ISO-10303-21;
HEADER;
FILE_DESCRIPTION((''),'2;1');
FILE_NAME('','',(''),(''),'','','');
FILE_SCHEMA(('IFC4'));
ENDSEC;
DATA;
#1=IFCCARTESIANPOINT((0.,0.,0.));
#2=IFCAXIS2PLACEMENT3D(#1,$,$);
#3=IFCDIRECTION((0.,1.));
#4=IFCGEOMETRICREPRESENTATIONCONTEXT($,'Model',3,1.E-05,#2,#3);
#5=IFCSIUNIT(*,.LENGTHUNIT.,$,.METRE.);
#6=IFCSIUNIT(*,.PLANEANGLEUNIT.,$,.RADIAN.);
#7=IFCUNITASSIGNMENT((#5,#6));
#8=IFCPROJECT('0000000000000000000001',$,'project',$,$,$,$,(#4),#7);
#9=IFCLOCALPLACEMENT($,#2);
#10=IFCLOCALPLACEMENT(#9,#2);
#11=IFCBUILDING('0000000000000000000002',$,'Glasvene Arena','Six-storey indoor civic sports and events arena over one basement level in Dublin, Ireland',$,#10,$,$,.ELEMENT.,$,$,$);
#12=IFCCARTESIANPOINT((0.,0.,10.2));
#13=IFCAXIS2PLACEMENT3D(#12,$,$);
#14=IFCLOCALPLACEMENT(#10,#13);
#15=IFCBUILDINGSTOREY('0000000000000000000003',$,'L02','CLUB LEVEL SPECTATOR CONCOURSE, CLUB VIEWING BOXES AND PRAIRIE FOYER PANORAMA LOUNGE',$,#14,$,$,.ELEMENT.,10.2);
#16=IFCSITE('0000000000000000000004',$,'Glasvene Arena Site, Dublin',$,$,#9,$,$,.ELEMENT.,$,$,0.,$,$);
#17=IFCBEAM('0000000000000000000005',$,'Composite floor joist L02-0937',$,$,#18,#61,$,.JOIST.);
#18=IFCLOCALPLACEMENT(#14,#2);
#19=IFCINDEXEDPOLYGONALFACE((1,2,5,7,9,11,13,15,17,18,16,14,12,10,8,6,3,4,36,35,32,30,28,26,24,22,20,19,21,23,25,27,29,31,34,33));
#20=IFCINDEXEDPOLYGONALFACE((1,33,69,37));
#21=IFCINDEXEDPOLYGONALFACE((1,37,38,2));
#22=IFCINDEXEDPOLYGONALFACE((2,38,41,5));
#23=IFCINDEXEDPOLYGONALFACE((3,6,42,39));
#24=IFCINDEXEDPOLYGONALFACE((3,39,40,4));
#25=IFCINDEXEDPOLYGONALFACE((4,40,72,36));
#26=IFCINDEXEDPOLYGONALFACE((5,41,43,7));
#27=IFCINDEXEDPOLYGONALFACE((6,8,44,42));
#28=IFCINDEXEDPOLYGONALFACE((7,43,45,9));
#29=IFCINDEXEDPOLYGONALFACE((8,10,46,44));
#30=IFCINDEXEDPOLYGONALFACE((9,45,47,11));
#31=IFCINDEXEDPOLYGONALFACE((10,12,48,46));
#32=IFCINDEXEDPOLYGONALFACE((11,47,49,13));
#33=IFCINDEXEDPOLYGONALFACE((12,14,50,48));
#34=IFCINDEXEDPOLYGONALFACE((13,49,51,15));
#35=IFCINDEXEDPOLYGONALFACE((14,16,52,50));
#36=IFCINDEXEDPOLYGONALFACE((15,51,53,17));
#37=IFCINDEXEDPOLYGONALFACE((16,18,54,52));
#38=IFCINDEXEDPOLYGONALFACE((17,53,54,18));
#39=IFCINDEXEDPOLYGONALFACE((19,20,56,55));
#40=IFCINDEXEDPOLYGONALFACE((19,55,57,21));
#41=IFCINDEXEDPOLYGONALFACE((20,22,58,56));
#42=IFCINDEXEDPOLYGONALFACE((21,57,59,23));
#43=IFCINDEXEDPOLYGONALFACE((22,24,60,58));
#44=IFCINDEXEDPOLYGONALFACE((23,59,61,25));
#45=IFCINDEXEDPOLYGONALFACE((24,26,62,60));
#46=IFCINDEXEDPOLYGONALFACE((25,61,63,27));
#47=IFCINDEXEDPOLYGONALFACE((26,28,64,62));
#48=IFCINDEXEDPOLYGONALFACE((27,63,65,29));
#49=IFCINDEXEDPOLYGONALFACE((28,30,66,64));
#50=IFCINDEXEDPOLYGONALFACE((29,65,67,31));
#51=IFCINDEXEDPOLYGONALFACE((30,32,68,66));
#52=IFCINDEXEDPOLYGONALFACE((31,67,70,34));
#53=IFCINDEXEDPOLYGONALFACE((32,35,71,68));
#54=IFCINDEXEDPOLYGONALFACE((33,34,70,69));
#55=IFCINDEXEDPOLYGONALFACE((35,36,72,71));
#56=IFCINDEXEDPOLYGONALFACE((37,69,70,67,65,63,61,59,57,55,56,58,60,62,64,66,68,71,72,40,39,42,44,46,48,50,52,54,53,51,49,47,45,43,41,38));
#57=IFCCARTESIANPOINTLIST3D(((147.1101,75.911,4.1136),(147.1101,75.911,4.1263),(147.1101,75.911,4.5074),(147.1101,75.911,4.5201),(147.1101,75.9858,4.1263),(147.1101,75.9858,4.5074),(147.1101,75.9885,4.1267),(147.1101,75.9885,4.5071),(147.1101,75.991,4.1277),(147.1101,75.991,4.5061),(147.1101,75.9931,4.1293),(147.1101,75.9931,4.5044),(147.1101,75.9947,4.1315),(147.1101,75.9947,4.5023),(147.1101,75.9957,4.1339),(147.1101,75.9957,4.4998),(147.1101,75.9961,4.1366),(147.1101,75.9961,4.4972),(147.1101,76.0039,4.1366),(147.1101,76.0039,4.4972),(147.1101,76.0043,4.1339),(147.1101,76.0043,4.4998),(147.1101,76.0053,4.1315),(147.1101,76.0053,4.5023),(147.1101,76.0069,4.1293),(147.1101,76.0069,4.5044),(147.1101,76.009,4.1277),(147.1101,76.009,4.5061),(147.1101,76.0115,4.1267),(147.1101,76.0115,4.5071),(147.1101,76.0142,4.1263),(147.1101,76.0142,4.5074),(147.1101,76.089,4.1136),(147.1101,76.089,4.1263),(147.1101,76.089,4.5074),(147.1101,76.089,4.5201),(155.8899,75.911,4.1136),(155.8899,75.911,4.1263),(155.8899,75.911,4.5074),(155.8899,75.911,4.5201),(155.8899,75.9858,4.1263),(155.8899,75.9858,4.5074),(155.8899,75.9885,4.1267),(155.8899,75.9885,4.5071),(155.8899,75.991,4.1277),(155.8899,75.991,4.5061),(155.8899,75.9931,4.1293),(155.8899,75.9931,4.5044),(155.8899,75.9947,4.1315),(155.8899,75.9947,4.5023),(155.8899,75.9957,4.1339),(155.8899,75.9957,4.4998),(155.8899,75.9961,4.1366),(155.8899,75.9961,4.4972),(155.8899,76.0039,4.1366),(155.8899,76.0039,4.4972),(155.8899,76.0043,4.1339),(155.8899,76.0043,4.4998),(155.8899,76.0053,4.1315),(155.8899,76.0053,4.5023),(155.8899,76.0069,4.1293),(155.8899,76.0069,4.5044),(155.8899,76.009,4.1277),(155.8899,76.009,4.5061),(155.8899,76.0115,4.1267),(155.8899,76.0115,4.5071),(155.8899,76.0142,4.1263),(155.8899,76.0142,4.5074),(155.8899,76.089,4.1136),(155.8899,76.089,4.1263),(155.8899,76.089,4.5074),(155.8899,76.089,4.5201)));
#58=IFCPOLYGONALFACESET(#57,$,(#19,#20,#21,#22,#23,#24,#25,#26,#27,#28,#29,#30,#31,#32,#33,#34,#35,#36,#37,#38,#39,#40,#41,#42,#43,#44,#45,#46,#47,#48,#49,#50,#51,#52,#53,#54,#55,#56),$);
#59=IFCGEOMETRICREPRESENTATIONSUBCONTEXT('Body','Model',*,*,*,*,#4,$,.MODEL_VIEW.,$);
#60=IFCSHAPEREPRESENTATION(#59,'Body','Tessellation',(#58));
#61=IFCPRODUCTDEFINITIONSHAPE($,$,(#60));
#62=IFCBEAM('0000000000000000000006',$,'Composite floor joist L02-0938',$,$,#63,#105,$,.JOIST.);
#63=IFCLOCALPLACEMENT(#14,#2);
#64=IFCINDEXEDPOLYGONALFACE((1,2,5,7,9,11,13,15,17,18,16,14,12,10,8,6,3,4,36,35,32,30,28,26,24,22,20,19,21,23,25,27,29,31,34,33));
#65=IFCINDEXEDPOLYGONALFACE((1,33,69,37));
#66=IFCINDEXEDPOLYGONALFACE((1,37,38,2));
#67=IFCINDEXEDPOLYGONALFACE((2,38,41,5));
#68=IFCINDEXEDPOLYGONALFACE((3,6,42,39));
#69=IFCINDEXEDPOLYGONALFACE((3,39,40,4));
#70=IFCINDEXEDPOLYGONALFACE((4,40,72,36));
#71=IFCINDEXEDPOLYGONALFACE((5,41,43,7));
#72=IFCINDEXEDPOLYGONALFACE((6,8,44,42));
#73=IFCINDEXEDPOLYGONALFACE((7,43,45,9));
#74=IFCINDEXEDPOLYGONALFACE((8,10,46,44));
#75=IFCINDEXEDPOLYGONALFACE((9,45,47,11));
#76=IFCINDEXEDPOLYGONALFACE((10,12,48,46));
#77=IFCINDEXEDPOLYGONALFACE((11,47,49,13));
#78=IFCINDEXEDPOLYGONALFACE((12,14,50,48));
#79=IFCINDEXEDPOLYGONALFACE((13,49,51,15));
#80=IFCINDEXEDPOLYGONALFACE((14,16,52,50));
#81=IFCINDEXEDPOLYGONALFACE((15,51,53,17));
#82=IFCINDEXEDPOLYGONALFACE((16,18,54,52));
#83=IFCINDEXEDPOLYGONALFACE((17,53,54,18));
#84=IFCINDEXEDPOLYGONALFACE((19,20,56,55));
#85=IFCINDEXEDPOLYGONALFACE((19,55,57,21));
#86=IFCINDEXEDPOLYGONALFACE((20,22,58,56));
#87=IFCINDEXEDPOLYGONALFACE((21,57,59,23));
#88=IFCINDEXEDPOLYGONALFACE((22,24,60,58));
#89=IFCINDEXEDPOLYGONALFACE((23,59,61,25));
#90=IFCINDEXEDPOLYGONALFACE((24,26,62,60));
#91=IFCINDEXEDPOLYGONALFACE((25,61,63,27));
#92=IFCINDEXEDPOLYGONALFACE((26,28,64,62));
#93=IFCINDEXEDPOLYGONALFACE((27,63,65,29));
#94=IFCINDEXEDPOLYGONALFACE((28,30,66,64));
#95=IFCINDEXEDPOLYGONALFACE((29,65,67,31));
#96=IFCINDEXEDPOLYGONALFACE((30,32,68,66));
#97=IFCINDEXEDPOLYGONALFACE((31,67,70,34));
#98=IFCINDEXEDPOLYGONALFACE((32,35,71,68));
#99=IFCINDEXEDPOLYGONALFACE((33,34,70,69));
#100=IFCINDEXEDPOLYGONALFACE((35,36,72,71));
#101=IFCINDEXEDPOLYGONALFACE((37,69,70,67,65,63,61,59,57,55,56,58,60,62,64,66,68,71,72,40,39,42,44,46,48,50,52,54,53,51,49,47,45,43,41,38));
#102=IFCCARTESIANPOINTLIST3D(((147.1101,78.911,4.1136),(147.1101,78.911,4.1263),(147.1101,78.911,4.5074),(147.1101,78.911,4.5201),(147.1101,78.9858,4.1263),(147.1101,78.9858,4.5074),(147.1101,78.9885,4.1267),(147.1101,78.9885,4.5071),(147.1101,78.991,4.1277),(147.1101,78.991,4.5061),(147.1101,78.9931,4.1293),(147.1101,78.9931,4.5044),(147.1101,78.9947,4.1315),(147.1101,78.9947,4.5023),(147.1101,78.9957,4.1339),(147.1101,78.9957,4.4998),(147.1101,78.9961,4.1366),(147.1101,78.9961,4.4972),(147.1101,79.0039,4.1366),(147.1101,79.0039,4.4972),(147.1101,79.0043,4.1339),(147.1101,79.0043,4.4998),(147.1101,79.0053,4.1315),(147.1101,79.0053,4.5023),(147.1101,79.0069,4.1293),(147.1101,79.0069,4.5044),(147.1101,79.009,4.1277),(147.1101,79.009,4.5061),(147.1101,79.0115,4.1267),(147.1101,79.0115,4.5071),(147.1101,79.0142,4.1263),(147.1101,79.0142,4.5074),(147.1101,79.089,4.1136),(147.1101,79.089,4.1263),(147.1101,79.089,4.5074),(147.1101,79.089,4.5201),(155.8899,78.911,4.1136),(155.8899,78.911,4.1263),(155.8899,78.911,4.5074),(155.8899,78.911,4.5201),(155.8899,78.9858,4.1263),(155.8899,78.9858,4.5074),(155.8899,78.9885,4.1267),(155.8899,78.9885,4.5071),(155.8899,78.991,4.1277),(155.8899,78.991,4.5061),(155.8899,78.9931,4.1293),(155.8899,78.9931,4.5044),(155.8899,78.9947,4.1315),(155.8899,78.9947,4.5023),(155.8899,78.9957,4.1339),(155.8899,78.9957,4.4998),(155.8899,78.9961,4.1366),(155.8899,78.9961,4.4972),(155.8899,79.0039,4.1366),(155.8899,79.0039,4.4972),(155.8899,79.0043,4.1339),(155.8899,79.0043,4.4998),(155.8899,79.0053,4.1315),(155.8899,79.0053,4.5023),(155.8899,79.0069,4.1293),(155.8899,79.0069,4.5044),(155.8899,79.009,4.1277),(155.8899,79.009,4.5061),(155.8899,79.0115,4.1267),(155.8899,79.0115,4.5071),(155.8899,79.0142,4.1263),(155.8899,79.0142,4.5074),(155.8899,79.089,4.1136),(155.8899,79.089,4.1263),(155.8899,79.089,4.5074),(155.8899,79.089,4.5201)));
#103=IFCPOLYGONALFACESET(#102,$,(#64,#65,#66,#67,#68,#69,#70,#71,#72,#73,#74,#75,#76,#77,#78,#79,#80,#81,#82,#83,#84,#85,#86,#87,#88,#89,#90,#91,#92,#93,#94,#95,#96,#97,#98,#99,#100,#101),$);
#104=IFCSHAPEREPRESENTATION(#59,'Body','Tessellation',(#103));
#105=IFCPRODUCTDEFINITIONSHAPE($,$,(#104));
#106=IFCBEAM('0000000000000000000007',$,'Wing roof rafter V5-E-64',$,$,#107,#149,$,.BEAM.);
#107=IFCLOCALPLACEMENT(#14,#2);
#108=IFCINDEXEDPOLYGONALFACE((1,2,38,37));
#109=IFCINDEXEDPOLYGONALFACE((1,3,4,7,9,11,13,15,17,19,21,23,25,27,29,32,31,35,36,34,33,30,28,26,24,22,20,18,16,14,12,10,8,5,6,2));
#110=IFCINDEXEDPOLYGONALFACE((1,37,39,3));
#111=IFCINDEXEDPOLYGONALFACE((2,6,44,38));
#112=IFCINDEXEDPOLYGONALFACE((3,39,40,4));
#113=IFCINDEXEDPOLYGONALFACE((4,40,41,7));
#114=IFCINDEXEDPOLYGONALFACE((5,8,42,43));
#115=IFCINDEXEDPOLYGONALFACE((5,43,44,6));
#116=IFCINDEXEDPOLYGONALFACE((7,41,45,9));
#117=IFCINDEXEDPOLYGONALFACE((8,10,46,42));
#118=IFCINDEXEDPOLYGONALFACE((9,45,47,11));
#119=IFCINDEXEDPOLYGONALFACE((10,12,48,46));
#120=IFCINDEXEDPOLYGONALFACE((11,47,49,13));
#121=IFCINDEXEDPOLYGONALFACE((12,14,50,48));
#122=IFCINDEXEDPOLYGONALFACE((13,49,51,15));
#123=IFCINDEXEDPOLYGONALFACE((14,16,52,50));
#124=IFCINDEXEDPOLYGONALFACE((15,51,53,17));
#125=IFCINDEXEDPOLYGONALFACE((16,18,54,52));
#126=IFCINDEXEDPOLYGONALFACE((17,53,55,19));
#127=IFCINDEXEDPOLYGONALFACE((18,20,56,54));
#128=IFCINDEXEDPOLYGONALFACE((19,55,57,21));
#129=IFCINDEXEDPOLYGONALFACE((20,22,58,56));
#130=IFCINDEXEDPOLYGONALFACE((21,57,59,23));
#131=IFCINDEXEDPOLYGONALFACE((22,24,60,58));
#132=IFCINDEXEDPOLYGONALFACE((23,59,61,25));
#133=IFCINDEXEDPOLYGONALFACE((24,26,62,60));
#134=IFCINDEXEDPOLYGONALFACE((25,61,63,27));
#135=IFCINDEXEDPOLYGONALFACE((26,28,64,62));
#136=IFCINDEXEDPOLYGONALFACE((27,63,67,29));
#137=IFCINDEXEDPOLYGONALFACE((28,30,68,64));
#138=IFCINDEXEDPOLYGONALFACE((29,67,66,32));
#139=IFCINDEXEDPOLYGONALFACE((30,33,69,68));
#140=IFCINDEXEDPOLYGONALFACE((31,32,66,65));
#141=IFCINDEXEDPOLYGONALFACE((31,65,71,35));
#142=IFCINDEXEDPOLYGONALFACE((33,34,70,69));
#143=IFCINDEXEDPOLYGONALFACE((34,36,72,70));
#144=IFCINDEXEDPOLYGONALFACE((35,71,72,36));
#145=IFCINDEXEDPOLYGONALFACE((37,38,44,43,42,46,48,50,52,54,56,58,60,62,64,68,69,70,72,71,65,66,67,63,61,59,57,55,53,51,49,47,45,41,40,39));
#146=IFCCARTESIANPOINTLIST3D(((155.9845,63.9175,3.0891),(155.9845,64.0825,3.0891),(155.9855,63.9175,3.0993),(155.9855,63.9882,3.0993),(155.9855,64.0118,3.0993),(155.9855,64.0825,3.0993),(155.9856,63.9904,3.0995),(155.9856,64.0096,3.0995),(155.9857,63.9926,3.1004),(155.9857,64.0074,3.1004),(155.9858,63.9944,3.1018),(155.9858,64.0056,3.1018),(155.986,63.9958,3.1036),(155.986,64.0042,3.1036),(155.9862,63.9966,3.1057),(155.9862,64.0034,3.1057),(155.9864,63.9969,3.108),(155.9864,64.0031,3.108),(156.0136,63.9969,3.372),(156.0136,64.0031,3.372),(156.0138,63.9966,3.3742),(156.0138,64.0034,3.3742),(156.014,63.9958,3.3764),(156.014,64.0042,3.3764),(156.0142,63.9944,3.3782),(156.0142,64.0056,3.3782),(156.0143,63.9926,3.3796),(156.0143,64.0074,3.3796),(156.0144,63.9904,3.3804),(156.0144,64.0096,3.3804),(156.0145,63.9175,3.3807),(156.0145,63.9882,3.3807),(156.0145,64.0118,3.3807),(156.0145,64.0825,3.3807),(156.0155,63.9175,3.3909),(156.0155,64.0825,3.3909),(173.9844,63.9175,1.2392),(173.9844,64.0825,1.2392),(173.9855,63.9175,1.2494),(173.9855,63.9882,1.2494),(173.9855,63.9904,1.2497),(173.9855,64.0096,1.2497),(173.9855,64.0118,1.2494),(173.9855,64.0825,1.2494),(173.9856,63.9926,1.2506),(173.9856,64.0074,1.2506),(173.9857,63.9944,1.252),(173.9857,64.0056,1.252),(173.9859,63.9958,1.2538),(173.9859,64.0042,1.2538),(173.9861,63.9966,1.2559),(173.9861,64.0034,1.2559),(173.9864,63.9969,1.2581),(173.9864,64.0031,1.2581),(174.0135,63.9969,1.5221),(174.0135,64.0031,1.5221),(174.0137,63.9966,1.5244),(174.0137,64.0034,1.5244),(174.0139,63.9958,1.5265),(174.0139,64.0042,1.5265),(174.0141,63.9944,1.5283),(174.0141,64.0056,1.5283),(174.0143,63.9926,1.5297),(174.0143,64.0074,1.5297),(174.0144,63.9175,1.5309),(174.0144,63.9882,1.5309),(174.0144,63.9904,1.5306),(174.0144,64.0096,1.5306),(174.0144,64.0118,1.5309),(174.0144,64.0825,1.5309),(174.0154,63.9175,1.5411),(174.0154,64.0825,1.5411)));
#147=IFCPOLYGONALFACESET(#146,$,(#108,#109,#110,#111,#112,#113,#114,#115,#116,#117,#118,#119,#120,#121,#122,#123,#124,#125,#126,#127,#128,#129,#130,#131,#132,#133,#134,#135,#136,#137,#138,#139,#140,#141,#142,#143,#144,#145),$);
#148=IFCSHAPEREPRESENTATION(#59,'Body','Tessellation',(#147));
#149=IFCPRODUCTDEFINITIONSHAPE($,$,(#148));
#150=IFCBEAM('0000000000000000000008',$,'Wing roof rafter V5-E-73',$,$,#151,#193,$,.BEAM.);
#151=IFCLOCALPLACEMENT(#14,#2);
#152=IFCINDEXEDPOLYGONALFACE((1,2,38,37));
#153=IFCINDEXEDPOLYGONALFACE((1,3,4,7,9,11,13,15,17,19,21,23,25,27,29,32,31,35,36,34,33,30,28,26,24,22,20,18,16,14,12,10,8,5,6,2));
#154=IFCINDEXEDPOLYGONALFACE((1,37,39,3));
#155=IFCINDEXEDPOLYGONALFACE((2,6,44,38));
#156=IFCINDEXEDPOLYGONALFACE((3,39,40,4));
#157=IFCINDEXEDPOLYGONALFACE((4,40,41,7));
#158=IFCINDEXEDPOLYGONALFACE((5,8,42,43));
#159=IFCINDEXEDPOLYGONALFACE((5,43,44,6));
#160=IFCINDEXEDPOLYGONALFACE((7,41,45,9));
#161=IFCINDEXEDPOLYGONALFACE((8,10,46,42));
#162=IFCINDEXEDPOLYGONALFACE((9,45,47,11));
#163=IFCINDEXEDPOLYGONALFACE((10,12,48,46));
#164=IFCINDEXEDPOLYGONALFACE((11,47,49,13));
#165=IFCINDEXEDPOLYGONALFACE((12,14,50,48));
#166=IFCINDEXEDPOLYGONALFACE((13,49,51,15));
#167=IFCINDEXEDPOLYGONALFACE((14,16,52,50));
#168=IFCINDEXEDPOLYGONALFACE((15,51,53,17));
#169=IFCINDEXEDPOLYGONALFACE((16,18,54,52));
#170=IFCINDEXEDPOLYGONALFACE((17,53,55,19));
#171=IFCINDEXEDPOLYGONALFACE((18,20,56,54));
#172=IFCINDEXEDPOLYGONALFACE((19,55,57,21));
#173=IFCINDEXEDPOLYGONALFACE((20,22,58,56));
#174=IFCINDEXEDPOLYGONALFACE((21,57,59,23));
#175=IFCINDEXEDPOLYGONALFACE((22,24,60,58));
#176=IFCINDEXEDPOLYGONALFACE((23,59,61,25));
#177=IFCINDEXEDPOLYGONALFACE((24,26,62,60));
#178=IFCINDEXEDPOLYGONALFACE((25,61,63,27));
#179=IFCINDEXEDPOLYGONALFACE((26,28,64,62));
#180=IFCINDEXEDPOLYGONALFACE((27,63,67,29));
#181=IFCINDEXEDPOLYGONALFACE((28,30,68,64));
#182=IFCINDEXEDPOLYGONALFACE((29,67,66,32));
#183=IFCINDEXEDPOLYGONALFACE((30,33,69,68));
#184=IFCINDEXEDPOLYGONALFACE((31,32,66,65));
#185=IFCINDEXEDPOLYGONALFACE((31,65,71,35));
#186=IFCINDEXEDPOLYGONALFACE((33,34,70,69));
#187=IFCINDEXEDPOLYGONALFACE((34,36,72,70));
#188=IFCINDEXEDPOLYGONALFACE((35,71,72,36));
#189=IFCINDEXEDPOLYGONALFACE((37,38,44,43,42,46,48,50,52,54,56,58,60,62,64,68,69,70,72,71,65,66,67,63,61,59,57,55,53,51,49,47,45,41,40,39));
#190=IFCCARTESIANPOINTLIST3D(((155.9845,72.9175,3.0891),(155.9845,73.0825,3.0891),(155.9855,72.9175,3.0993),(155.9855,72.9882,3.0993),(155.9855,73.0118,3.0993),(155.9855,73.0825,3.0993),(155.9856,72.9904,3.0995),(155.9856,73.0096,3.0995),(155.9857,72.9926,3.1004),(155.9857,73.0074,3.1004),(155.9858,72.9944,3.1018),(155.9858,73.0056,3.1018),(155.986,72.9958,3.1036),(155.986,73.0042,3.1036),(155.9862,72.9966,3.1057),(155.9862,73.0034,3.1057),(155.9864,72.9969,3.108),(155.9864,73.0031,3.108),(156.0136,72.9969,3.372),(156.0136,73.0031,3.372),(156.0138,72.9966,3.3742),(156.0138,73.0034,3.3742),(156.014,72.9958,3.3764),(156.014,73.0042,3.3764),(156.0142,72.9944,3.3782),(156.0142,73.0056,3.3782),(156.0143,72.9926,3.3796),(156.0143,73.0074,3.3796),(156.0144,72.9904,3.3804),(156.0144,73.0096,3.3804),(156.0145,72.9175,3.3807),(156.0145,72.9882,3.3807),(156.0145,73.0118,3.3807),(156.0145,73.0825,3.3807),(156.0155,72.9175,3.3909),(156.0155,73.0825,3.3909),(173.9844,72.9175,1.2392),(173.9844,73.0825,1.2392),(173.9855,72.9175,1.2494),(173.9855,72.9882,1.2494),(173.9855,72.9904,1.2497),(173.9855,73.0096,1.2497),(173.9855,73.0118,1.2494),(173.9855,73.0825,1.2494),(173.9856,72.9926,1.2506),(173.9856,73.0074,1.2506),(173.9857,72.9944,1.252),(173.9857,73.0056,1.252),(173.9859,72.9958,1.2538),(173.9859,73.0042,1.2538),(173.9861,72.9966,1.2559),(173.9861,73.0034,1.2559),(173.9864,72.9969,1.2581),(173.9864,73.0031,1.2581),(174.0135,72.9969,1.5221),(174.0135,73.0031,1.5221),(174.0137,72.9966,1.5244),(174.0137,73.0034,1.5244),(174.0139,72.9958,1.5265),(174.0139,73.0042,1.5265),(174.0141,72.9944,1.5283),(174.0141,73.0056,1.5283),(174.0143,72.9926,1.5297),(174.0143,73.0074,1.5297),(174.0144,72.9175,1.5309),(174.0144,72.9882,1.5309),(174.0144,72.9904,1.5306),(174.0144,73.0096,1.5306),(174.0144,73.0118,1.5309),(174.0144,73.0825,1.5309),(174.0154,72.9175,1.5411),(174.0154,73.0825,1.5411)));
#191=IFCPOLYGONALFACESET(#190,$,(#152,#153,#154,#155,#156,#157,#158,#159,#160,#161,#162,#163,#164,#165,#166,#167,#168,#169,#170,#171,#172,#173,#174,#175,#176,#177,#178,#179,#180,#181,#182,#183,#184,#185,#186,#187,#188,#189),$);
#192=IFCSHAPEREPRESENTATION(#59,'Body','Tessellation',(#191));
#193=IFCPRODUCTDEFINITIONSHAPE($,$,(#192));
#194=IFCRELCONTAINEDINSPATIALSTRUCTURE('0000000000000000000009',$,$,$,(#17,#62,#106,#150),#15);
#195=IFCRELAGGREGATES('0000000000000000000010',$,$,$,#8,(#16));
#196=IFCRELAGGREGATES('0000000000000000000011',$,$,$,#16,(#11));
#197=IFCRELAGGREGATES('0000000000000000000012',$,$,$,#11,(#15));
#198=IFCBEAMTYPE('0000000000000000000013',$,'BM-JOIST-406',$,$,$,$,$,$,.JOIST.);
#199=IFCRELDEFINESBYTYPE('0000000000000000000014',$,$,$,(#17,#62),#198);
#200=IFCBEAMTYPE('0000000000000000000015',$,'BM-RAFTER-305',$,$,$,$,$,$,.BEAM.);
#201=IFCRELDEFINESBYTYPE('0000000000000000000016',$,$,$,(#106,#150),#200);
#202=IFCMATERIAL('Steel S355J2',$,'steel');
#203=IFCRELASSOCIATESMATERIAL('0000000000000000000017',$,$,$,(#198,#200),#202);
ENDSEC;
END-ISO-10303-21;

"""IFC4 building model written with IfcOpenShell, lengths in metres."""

from ifc_helpers import new_model, si_unit, direction, frame, origin, origin_2d, place, context, subcontext, project, spatial, i_section, extrude, material, material_profile, profile_set, type_object, element, save


model = new_model("IFC4")

# Units and contexts
model_context = context("Model", 3, precision=1e-05, world=origin(), true_north=direction((0.0, 1.0)))
body_context = subcontext(model_context, "Body", "Model", "MODEL_VIEW")
ifc_project = project(units=[si_unit("LENGTHUNIT", "METRE"), si_unit("PLANEANGLEUNIT", "RADIAN")], contexts=[model_context])

# Site, building, storey
site_placement = place(None, origin())
site = spatial("IfcSite", under=ifc_project, at=site_placement, Name="Glasvene Arena Site, Dublin", CompositionType="ELEMENT", RefElevation=0.0)
building_placement = place(site_placement, origin())
building = spatial("IfcBuilding", under=site, at=building_placement, Name="Glasvene Arena", Description="Six-storey indoor civic sports and events arena over one basement level in Dublin, Ireland", CompositionType="ELEMENT")
storey_placement = place(building_placement, frame((0.0, 0.0, 10.2)))
storey = spatial("IfcBuildingStorey", under=building, at=storey_placement, Name="L02", Description="CLUB LEVEL SPECTATOR CONCOURSE, CLUB VIEWING BOXES AND PRAIRIE FOYER PANORAMA LOUNGE", CompositionType="ELEMENT", Elevation=10.2)

# Shared definitions
ifc_material_1 = material(Name="Steel S355J2", Category="steel")

# Beams
ifc_material_profile_1 = material_profile(ifc_material_1, i_section(OverallWidth=0.178, OverallDepth=0.4065, WebThickness=0.0078, FlangeThickness=0.0127, FilletRadius=0.0103, at=origin_2d()), Name="UKB 406x178x60")
ifc_profile_set_1 = profile_set([ifc_material_profile_1], Name="Steel S355J2")
beam_type_1 = type_object("IfcBeamType", Name="BM-JOIST-406", PredefinedType="JOIST", material=ifc_profile_set_1)
for number, where, z_axis, x_axis, name in (
    (1, (147.1101, 76.0, 4.3169), (1.0, 0.0, 0.0), (0.0, 1.0, 0.0), "Composite floor joist L02-0937"),
    (2, (147.1101, 79.0, 4.3169), (1.0, 0.0, 0.0), (0.0, 1.0, 0.0), "Composite floor joist L02-0938"),
):
    element("IfcBeam", number, at=place(storey_placement, frame(where, z_axis=z_axis, x_axis=x_axis)), inside=storey, type_object=beam_type_1, Name=name, PredefinedType="JOIST", context=body_context, shape_type="SweptSolid", body=[
        extrude(i_section(OverallWidth=0.178, OverallDepth=0.4065, WebThickness=0.0078, FlangeThickness=0.0127, FilletRadius=0.0103, at=origin_2d()), origin(), (0.0, 0.0, 1.0), 8.7798),
    ])
ifc_material_profile_2 = material_profile(ifc_material_1, i_section(OverallWidth=0.165, OverallDepth=0.3035, WebThickness=0.0061, FlangeThickness=0.0103, FilletRadius=0.0088, at=origin_2d()), Name="UKB 305x165x40")
ifc_profile_set_2 = profile_set([ifc_material_profile_2], Name="Steel S355J2")
beam_type_2 = type_object("IfcBeamType", Name="BM-RAFTER-305", PredefinedType="BEAM", material=ifc_profile_set_2)
for number, where, z_axis, x_axis, name in (
    (3, (156.0, 64.0, 3.24), (0.994761, 0.0, -0.102231), (0.0, 1.0, 0.0), "Wing roof rafter V5-E-64"),
    (4, (156.0, 73.0, 3.24), (0.994761, 0.0, -0.102231), (0.0, 1.0, 0.0), "Wing roof rafter V5-E-73"),
):
    element("IfcBeam", number, at=place(storey_placement, frame(where, z_axis=z_axis, x_axis=x_axis)), inside=storey, type_object=beam_type_2, Name=name, PredefinedType="BEAM", context=body_context, shape_type="SweptSolid", body=[
        extrude(i_section(OverallWidth=0.165, OverallDepth=0.3035, WebThickness=0.0061, FlangeThickness=0.0103, FilletRadius=0.0088, at=origin_2d()), origin(), (0.0, 0.0, 1.0), 18.0947),
    ])

save(model, "model.ifc")
